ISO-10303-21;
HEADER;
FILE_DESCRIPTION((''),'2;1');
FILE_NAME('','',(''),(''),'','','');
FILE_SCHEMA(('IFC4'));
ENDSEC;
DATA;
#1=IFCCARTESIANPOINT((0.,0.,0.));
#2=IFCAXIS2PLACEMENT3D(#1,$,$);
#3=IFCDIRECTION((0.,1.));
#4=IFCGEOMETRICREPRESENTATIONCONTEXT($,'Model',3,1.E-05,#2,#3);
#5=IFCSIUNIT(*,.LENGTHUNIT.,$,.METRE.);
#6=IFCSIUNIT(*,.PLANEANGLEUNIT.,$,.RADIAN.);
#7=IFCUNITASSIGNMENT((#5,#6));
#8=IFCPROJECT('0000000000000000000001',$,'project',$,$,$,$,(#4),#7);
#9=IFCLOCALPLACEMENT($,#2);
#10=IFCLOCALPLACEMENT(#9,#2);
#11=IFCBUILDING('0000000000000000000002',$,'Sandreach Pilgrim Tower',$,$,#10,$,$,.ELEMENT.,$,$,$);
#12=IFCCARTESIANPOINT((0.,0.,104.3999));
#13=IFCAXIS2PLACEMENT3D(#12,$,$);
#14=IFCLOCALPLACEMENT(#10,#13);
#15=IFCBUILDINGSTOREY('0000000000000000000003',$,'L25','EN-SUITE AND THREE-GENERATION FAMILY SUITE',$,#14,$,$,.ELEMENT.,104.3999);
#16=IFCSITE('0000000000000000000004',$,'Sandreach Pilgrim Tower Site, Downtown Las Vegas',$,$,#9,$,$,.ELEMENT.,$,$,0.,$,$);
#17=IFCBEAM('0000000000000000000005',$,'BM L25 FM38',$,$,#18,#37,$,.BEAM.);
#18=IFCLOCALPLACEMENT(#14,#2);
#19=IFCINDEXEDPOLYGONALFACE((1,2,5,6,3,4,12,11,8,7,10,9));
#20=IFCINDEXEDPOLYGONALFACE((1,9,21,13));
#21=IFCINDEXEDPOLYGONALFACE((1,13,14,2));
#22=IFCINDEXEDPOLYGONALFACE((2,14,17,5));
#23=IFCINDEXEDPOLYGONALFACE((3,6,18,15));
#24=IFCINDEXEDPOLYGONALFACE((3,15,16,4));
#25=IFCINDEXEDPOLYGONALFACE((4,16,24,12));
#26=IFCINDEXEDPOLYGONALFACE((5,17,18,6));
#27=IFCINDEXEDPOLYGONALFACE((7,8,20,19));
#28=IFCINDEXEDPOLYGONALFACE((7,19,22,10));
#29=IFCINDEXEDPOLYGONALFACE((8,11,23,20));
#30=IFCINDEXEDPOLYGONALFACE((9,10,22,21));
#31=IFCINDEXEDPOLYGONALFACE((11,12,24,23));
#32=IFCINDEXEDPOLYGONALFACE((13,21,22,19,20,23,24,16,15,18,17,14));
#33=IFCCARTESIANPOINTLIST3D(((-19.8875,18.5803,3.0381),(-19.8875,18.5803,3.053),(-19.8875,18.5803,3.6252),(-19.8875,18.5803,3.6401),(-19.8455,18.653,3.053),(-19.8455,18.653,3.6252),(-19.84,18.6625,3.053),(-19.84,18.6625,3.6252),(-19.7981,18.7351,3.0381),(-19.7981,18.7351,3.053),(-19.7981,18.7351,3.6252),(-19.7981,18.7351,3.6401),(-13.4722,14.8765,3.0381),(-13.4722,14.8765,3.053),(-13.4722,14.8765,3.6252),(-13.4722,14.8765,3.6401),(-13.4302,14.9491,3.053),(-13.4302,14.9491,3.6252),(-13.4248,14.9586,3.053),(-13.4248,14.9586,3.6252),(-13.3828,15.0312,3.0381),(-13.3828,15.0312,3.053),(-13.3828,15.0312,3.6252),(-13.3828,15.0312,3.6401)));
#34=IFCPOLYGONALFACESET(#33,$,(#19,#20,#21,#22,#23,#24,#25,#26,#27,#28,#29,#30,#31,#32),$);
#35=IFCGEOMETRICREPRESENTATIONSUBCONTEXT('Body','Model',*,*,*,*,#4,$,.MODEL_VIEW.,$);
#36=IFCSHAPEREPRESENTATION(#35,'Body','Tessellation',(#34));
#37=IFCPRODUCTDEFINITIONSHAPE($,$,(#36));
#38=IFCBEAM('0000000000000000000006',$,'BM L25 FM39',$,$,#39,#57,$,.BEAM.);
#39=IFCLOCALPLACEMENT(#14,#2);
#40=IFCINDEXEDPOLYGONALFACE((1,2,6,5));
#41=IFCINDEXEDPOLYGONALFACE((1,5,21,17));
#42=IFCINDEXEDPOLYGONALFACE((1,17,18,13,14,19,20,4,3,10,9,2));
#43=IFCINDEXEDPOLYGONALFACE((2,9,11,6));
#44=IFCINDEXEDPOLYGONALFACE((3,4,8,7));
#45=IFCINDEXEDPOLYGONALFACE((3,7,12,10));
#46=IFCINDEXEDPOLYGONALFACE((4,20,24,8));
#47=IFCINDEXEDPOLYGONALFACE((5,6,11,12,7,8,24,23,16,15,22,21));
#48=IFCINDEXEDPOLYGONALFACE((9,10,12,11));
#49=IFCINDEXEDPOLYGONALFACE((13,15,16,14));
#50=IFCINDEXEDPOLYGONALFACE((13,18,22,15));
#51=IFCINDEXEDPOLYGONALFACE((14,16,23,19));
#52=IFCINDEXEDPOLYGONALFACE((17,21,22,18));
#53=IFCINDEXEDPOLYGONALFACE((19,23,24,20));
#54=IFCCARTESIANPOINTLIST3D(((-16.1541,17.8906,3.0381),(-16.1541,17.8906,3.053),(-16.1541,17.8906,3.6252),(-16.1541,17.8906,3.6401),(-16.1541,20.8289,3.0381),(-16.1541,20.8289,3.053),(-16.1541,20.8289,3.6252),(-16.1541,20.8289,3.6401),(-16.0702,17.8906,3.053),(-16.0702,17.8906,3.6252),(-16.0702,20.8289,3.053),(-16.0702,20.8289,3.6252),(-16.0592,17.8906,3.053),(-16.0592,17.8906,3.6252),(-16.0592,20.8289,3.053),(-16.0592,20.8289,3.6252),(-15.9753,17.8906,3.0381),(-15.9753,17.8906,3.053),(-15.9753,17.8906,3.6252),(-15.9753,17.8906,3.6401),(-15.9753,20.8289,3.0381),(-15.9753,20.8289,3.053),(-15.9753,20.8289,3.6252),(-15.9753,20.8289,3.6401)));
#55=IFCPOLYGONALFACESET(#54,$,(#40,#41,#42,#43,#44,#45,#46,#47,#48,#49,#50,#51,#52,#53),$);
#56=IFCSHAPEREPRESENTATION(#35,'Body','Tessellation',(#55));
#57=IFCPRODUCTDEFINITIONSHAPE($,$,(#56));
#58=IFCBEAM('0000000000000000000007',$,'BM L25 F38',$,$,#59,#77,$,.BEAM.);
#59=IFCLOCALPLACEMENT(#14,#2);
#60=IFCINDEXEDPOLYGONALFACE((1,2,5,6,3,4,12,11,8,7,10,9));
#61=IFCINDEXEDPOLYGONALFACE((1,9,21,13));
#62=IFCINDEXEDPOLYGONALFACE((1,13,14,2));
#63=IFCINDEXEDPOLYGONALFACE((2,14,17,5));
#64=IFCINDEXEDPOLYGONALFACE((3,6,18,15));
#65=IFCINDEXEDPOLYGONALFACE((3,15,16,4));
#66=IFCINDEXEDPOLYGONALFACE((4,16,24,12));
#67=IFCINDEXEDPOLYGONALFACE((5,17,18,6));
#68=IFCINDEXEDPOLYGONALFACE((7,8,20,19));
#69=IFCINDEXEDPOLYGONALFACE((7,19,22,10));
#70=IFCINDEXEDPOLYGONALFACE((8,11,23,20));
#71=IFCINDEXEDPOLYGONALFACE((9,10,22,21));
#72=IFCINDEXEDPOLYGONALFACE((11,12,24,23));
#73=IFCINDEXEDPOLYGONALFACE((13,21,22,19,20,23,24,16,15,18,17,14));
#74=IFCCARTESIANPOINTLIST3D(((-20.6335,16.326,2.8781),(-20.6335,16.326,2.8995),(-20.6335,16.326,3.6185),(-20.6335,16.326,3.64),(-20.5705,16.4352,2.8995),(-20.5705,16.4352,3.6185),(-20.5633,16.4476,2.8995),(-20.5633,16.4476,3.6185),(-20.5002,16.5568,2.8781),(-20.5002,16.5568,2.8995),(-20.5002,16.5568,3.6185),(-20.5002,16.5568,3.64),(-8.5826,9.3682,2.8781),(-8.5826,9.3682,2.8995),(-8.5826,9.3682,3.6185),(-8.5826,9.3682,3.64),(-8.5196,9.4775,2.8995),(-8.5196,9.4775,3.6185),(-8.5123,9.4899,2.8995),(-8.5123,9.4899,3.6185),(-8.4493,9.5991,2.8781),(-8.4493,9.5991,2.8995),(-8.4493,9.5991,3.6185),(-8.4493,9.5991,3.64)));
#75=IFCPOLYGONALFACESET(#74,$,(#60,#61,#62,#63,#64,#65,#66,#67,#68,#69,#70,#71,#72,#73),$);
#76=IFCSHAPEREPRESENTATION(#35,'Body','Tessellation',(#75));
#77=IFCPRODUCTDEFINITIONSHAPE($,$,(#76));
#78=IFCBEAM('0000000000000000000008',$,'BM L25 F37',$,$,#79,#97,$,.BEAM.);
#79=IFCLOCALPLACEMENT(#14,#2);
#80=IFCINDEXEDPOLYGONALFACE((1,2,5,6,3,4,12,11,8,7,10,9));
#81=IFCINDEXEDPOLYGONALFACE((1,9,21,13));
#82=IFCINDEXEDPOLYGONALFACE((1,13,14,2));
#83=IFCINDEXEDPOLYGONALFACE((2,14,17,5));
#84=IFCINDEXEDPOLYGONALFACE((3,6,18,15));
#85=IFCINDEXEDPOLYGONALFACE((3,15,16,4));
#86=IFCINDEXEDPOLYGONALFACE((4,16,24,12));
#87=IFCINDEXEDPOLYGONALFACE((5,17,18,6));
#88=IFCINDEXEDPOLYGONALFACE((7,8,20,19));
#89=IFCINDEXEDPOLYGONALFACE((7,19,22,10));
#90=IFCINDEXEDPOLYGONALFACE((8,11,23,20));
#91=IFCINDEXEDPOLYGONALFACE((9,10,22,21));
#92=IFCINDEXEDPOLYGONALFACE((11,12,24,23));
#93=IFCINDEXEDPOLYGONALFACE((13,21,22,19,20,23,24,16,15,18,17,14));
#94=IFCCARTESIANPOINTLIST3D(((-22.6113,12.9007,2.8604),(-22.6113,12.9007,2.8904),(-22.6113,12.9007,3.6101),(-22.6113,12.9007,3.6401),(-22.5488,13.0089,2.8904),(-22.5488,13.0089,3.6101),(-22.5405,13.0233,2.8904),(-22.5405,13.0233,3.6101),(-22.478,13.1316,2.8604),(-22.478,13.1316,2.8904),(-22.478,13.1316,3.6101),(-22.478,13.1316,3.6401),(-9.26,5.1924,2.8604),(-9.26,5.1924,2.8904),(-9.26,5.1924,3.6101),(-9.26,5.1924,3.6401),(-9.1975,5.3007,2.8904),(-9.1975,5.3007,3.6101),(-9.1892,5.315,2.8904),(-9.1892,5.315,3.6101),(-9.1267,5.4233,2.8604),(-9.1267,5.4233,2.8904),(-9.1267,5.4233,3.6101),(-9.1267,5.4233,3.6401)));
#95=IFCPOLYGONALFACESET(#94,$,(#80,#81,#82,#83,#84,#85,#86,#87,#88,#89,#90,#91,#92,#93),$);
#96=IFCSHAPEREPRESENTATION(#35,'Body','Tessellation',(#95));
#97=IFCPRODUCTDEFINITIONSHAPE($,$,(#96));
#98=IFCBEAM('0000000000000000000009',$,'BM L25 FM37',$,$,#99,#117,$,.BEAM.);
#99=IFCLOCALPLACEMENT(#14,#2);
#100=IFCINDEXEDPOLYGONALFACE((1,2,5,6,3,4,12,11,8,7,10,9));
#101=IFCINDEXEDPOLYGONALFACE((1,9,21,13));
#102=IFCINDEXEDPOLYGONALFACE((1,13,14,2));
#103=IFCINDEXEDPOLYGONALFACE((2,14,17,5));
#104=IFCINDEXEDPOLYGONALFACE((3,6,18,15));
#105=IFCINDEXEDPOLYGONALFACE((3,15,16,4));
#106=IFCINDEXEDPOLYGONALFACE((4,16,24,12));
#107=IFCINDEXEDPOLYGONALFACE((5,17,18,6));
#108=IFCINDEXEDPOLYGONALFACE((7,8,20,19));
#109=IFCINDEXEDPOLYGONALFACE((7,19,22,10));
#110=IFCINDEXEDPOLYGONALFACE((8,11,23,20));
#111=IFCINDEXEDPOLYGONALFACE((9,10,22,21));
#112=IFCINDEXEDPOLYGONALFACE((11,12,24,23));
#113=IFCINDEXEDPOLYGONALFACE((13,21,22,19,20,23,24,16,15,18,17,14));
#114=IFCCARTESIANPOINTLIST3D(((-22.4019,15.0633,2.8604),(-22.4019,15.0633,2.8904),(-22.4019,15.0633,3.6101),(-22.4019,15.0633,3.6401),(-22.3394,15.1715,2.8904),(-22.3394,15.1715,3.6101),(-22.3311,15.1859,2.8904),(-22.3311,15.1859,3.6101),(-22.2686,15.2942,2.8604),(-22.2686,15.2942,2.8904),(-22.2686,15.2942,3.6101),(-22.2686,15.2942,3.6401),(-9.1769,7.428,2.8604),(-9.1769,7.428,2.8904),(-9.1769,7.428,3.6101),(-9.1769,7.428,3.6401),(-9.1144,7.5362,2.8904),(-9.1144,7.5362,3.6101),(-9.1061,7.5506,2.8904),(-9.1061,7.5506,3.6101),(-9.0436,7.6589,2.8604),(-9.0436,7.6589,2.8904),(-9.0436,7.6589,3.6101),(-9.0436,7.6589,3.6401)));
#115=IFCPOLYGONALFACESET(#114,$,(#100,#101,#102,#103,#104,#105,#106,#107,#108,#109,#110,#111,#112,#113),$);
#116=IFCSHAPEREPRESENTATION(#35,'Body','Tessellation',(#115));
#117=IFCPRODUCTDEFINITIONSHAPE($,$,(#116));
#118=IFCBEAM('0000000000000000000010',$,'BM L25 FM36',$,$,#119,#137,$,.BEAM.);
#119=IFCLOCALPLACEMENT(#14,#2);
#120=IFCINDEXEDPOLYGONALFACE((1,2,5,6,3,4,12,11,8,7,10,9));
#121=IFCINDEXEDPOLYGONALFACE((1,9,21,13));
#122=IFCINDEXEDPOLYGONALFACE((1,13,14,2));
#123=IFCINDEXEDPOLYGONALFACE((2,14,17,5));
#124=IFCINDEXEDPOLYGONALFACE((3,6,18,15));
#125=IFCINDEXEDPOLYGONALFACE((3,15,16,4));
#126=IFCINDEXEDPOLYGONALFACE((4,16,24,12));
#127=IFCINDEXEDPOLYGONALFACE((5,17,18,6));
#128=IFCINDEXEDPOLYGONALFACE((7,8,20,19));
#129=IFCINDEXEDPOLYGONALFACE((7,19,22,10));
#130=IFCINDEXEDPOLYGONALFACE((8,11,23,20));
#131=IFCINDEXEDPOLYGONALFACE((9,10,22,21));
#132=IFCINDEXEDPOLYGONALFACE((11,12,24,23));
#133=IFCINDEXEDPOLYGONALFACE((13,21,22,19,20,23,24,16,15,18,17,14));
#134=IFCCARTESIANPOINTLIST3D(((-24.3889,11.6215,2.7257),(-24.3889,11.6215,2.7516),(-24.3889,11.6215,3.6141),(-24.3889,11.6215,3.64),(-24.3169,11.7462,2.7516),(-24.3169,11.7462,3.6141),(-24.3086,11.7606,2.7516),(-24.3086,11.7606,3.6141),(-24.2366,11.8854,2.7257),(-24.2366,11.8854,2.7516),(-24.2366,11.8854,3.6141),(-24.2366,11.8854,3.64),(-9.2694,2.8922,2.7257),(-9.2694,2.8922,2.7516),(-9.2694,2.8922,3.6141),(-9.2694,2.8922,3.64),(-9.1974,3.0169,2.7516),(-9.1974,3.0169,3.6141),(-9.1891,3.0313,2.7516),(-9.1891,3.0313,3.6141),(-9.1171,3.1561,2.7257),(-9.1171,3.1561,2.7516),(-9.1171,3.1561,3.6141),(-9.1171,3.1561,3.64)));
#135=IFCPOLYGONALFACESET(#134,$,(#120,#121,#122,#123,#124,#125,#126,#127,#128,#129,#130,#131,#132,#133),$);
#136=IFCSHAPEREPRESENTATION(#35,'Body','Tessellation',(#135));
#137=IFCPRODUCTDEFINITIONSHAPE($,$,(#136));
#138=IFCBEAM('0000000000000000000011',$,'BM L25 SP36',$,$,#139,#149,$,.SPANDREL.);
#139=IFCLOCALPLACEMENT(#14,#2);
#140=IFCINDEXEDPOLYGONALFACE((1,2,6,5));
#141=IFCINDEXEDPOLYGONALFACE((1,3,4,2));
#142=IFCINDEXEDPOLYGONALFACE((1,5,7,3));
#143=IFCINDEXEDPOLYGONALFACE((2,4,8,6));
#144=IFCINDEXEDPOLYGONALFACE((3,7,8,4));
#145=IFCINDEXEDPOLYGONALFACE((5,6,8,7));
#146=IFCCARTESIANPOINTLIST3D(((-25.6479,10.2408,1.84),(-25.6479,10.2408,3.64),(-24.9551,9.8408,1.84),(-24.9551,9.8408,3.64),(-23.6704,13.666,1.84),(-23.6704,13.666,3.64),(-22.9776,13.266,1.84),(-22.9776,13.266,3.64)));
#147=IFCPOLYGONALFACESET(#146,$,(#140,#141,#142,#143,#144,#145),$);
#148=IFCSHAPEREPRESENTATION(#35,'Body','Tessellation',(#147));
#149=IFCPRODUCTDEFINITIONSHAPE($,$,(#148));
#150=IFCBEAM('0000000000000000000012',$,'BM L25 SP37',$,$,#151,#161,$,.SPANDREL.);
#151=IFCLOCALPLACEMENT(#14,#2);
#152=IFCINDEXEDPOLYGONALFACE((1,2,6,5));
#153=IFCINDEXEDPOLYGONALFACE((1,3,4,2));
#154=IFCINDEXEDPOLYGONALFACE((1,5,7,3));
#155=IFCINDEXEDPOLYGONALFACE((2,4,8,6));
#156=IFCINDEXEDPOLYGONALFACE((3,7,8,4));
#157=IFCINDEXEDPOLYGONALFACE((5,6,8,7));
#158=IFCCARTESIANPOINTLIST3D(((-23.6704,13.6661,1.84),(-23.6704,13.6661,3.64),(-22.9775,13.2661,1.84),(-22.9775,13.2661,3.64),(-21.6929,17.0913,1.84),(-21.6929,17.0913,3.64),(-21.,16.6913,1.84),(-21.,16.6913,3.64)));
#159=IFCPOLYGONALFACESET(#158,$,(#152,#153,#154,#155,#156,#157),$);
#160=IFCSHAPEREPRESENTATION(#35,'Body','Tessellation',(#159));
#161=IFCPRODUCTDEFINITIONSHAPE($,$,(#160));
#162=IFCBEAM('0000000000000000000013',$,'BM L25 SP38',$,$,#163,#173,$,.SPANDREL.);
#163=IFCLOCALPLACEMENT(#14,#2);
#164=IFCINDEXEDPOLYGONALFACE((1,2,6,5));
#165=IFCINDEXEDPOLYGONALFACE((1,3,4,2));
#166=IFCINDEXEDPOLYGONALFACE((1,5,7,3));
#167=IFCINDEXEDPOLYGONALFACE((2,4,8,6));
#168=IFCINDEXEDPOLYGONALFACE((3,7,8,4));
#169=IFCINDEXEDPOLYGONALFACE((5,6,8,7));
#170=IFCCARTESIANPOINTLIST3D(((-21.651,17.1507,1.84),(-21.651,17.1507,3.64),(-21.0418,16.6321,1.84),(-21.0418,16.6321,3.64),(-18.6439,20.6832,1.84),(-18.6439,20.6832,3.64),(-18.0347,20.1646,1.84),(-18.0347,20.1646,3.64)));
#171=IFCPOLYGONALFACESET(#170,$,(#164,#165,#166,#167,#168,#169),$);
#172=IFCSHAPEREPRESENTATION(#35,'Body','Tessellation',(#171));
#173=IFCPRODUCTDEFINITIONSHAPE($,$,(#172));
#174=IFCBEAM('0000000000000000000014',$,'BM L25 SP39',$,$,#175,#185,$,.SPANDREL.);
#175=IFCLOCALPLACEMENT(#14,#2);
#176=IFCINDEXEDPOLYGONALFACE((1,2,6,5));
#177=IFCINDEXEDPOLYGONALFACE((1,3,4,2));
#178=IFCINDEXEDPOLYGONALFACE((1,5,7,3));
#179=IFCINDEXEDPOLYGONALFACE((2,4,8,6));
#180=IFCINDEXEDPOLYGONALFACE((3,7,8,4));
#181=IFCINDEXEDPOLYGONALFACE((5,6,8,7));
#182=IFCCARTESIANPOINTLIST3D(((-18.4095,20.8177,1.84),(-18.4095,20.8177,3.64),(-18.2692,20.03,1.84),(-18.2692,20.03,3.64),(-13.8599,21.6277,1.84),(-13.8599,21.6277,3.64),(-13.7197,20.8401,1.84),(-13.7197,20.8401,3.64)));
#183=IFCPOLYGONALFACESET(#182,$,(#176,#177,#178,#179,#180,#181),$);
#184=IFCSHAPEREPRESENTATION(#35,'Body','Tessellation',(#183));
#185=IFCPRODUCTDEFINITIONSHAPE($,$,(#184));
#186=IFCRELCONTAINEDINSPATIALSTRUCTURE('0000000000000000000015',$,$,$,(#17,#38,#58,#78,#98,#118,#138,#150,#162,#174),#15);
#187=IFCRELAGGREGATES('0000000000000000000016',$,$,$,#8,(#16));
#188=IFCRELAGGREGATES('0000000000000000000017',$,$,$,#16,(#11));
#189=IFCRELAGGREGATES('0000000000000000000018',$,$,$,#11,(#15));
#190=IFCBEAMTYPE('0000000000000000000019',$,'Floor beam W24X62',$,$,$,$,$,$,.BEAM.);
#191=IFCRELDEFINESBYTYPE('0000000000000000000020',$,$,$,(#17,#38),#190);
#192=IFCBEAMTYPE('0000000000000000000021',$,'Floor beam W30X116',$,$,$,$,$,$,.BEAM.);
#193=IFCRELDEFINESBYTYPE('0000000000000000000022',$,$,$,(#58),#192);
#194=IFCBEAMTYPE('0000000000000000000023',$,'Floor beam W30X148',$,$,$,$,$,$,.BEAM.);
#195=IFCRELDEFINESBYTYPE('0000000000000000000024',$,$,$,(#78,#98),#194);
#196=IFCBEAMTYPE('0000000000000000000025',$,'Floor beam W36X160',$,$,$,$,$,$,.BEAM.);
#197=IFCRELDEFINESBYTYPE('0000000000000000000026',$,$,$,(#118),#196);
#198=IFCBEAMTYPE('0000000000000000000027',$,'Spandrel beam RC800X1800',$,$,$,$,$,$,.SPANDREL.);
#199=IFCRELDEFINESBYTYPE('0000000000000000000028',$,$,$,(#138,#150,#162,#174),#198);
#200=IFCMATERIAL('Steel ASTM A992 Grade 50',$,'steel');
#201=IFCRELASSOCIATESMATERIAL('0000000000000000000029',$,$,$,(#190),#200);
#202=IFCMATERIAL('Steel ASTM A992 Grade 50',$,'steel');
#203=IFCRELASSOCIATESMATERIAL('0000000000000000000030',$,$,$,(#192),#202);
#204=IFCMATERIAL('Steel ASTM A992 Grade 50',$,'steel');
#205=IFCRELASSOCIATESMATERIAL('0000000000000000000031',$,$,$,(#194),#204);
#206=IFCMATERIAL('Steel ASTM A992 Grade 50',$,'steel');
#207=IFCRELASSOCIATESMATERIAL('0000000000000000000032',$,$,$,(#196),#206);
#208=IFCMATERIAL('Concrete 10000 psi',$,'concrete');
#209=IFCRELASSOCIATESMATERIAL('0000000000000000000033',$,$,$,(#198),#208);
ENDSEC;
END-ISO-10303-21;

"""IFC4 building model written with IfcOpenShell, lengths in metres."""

from ifc_helpers import new_model, si_unit, direction, frame, origin, origin_2d, place, context, subcontext, project, spatial, rectangle, i_section, extrude, material, material_profile, profile_set, type_object, element, save


model = new_model("IFC4")

# Units and contexts
model_context = context("Model", 3, precision=1e-05, world=origin(), true_north=direction((0.0, 1.0)))
body_context = subcontext(model_context, "Body", "Model", "MODEL_VIEW")
ifc_project = project(units=[si_unit("LENGTHUNIT", "METRE"), si_unit("PLANEANGLEUNIT", "RADIAN")], contexts=[model_context])

# Site, building, storey
site_placement = place(None, origin())
site = spatial("IfcSite", under=ifc_project, at=site_placement, Name="Sandreach Pilgrim Tower Site, Downtown Las Vegas", CompositionType="ELEMENT", RefElevation=0.0)
building_placement = place(site_placement, origin())
building = spatial("IfcBuilding", under=site, at=building_placement, Name="Sandreach Pilgrim Tower", CompositionType="ELEMENT")
storey_placement = place(building_placement, frame((0.0, 0.0, 104.3999)))
storey = spatial("IfcBuildingStorey", under=building, at=storey_placement, Name="L25", Description="EN-SUITE AND THREE-GENERATION FAMILY SUITE", CompositionType="ELEMENT", Elevation=104.3999)

# Beams
ifc_material_1 = material(Name="Steel ASTM A992 Grade 50", Category="steel")
ifc_material_profile_1 = material_profile(ifc_material_1, i_section(OverallWidth=0.1787, OverallDepth=0.6021, WebThickness=0.011, FlangeThickness=0.0149, at=origin_2d()), Name="W24X62")
ifc_profile_set_1 = profile_set([ifc_material_profile_1], Name="Steel ASTM A992 Grade 50")
beam_type_1 = type_object("IfcBeamType", Name="Floor beam W24X62", PredefinedType="BEAM", material=ifc_profile_set_1)
beam_1_placement = place(storey_placement, frame((-19.8428, 18.6577, 3.3391), z_axis=(0.866026, -0.499999, 0.0), x_axis=(0.499999, 0.866026, 0.0)))
element("IfcBeam", 1, at=beam_1_placement, inside=storey, type_object=beam_type_1, Name="BM L25 FM38", PredefinedType="BEAM", context=body_context, shape_type="SweptSolid", body=[
    extrude(i_section(OverallWidth=0.1787, OverallDepth=0.6021, WebThickness=0.011, FlangeThickness=0.0149, at=origin_2d()), origin(), (0.0, 0.0, 1.0), 7.4077),
])
beam_2_placement = place(storey_placement, frame((-16.0647, 20.8289, 3.3391), z_axis=(0.0, -1.0, 0.0), x_axis=(1.0, 0.0, 0.0)))
element("IfcBeam", 2, at=beam_2_placement, inside=storey, type_object=beam_type_1, Name="BM L25 FM39", PredefinedType="BEAM", context=body_context, shape_type="SweptSolid", body=[
    extrude(i_section(OverallWidth=0.1787, OverallDepth=0.6021, WebThickness=0.011, FlangeThickness=0.0149, at=origin_2d()), origin(), (0.0, 0.0, 1.0), 2.9382),
])
ifc_material_2 = material(Name="Steel ASTM A992 Grade 50", Category="steel")
ifc_material_profile_2 = material_profile(ifc_material_2, i_section(OverallWidth=0.2666, OverallDepth=0.762, WebThickness=0.0144, FlangeThickness=0.0215, at=origin_2d()), Name="W30X116")
ifc_profile_set_2 = profile_set([ifc_material_profile_2], Name="Steel ASTM A992 Grade 50")
beam_type_2 = type_object("IfcBeamType", Name="Floor beam W30X116", PredefinedType="BEAM", material=ifc_profile_set_2)
beam_3_placement = place(storey_placement, frame((-20.5669, 16.4414, 3.259), z_axis=(0.866022, -0.500005, 0.0), x_axis=(0.500005, 0.866022, 0.0)))
element("IfcBeam", 3, at=beam_3_placement, inside=storey, type_object=beam_type_2, Name="BM L25 F38", PredefinedType="BEAM", context=body_context, shape_type="SweptSolid", body=[
    extrude(i_section(OverallWidth=0.2666, OverallDepth=0.762, WebThickness=0.0144, FlangeThickness=0.0215, at=origin_2d()), origin(), (0.0, 0.0, 1.0), 13.9153),
])
ifc_material_3 = material(Name="Steel ASTM A992 Grade 50", Category="steel")
ifc_material_profile_3 = material_profile(ifc_material_3, i_section(OverallWidth=0.2666, OverallDepth=0.7798, WebThickness=0.0166, FlangeThickness=0.03, at=origin_2d()), Name="W30X148")
ifc_profile_set_3 = profile_set([ifc_material_profile_3], Name="Steel ASTM A992 Grade 50")
beam_type_3 = type_object("IfcBeamType", Name="Floor beam W30X148", PredefinedType="BEAM", material=ifc_profile_set_3)
beam_4_placement = place(storey_placement, frame((-22.5447, 13.0161, 3.2502), z_axis=(0.866029, -0.499993, 0.0), x_axis=(0.499993, 0.866029, 0.0)))
element("IfcBeam", 4, at=beam_4_placement, inside=storey, type_object=beam_type_3, Name="BM L25 F37", PredefinedType="BEAM", context=body_context, shape_type="SweptSolid", body=[
    extrude(i_section(OverallWidth=0.2666, OverallDepth=0.7798, WebThickness=0.0166, FlangeThickness=0.03, at=origin_2d()), origin(), (0.0, 0.0, 1.0), 15.4167),
])
beam_5_placement = place(storey_placement, frame((-22.3352, 15.1787, 3.2502), z_axis=(0.866029, -0.499994, 0.0), x_axis=(0.499994, 0.866029, 0.0)))
element("IfcBeam", 5, at=beam_5_placement, inside=storey, type_object=beam_type_3, Name="BM L25 FM37", PredefinedType="BEAM", context=body_context, shape_type="SweptSolid", body=[
    extrude(i_section(OverallWidth=0.2666, OverallDepth=0.7798, WebThickness=0.0166, FlangeThickness=0.03, at=origin_2d()), origin(), (0.0, 0.0, 1.0), 15.2708),
])
ifc_material_4 = material(Name="Steel ASTM A992 Grade 50", Category="steel")
ifc_material_profile_4 = material_profile(ifc_material_4, i_section(OverallWidth=0.3047, OverallDepth=0.9143, WebThickness=0.0166, FlangeThickness=0.0259, at=origin_2d()), Name="W36X160")
ifc_profile_set_4 = profile_set([ifc_material_profile_4], Name="Steel ASTM A992 Grade 50")
beam_type_4 = type_object("IfcBeamType", Name="Floor beam W36X160", PredefinedType="BEAM", material=ifc_profile_set_4)
beam_6_placement = place(storey_placement, frame((-24.3127, 11.7534, 3.1829), z_axis=(0.866024, -0.500003, 0.0), x_axis=(0.500003, 0.866024, 0.0)))
element("IfcBeam", 6, at=beam_6_placement, inside=storey, type_object=beam_type_4, Name="BM L25 FM36", PredefinedType="BEAM", context=body_context, shape_type="SweptSolid", body=[
    extrude(i_section(OverallWidth=0.3047, OverallDepth=0.9143, WebThickness=0.0166, FlangeThickness=0.0259, at=origin_2d()), origin(), (0.0, 0.0, 1.0), 17.4585),
])
ifc_material_5 = material(Name="Concrete 10000 psi", Category="concrete")
ifc_material_profile_5 = material_profile(ifc_material_5, rectangle(XDim=0.8, YDim=1.8, at=origin_2d()), Name="RC800X1800")
ifc_profile_set_5 = profile_set([ifc_material_profile_5], Name="Concrete 10000 psi")
beam_type_5 = type_object("IfcBeamType", Name="Spandrel beam RC800X1800", PredefinedType="SPANDREL", material=ifc_profile_set_5)
for number, where, z_axis, x_axis, name in (
    (7, (-25.3015, 10.0408, 2.74), (0.49999, 0.866031, 0.0), (-0.866031, 0.49999, 0.0), "BM L25 SP36"),
    (8, (-23.324, 13.4661, 2.74), (0.49999, 0.866031, 0.0), (-0.866031, 0.49999, 0.0), "BM L25 SP37"),
):
    element("IfcBeam", number, at=place(storey_placement, frame(where, z_axis=z_axis, x_axis=x_axis)), inside=storey, type_object=beam_type_5, Name=name, PredefinedType="SPANDREL", context=body_context, shape_type="SweptSolid", body=[
        extrude(rectangle(XDim=0.8, YDim=1.8, at=origin_2d()), origin(), (0.0, 0.0, 1.0), 3.9551),
    ])
beam_7_placement = place(storey_placement, frame((-21.3464, 16.8914, 2.74), z_axis=(0.648209, 0.761463, 0.0), x_axis=(-0.761463, 0.648209, 0.0)))
element("IfcBeam", 9, at=beam_7_placement, inside=storey, type_object=beam_type_5, Name="BM L25 SP38", PredefinedType="SPANDREL", context=body_context, shape_type="SweptSolid", body=[
    extrude(rectangle(XDim=0.8, YDim=1.8, at=origin_2d()), origin(), (0.0, 0.0, 1.0), 4.6392),
])
beam_8_placement = place(storey_placement, frame((-18.3394, 20.4238, 2.74), z_axis=(0.984516, 0.175295, 0.0), x_axis=(-0.175295, 0.984516, 0.0)))
element("IfcBeam", 10, at=beam_8_placement, inside=storey, type_object=beam_type_5, Name="BM L25 SP39", PredefinedType="SPANDREL", context=body_context, shape_type="SweptSolid", body=[
    extrude(rectangle(XDim=0.8, YDim=1.8, at=origin_2d()), origin(), (0.0, 0.0, 1.0), 4.6211),
])

save(model, "model.ifc")
